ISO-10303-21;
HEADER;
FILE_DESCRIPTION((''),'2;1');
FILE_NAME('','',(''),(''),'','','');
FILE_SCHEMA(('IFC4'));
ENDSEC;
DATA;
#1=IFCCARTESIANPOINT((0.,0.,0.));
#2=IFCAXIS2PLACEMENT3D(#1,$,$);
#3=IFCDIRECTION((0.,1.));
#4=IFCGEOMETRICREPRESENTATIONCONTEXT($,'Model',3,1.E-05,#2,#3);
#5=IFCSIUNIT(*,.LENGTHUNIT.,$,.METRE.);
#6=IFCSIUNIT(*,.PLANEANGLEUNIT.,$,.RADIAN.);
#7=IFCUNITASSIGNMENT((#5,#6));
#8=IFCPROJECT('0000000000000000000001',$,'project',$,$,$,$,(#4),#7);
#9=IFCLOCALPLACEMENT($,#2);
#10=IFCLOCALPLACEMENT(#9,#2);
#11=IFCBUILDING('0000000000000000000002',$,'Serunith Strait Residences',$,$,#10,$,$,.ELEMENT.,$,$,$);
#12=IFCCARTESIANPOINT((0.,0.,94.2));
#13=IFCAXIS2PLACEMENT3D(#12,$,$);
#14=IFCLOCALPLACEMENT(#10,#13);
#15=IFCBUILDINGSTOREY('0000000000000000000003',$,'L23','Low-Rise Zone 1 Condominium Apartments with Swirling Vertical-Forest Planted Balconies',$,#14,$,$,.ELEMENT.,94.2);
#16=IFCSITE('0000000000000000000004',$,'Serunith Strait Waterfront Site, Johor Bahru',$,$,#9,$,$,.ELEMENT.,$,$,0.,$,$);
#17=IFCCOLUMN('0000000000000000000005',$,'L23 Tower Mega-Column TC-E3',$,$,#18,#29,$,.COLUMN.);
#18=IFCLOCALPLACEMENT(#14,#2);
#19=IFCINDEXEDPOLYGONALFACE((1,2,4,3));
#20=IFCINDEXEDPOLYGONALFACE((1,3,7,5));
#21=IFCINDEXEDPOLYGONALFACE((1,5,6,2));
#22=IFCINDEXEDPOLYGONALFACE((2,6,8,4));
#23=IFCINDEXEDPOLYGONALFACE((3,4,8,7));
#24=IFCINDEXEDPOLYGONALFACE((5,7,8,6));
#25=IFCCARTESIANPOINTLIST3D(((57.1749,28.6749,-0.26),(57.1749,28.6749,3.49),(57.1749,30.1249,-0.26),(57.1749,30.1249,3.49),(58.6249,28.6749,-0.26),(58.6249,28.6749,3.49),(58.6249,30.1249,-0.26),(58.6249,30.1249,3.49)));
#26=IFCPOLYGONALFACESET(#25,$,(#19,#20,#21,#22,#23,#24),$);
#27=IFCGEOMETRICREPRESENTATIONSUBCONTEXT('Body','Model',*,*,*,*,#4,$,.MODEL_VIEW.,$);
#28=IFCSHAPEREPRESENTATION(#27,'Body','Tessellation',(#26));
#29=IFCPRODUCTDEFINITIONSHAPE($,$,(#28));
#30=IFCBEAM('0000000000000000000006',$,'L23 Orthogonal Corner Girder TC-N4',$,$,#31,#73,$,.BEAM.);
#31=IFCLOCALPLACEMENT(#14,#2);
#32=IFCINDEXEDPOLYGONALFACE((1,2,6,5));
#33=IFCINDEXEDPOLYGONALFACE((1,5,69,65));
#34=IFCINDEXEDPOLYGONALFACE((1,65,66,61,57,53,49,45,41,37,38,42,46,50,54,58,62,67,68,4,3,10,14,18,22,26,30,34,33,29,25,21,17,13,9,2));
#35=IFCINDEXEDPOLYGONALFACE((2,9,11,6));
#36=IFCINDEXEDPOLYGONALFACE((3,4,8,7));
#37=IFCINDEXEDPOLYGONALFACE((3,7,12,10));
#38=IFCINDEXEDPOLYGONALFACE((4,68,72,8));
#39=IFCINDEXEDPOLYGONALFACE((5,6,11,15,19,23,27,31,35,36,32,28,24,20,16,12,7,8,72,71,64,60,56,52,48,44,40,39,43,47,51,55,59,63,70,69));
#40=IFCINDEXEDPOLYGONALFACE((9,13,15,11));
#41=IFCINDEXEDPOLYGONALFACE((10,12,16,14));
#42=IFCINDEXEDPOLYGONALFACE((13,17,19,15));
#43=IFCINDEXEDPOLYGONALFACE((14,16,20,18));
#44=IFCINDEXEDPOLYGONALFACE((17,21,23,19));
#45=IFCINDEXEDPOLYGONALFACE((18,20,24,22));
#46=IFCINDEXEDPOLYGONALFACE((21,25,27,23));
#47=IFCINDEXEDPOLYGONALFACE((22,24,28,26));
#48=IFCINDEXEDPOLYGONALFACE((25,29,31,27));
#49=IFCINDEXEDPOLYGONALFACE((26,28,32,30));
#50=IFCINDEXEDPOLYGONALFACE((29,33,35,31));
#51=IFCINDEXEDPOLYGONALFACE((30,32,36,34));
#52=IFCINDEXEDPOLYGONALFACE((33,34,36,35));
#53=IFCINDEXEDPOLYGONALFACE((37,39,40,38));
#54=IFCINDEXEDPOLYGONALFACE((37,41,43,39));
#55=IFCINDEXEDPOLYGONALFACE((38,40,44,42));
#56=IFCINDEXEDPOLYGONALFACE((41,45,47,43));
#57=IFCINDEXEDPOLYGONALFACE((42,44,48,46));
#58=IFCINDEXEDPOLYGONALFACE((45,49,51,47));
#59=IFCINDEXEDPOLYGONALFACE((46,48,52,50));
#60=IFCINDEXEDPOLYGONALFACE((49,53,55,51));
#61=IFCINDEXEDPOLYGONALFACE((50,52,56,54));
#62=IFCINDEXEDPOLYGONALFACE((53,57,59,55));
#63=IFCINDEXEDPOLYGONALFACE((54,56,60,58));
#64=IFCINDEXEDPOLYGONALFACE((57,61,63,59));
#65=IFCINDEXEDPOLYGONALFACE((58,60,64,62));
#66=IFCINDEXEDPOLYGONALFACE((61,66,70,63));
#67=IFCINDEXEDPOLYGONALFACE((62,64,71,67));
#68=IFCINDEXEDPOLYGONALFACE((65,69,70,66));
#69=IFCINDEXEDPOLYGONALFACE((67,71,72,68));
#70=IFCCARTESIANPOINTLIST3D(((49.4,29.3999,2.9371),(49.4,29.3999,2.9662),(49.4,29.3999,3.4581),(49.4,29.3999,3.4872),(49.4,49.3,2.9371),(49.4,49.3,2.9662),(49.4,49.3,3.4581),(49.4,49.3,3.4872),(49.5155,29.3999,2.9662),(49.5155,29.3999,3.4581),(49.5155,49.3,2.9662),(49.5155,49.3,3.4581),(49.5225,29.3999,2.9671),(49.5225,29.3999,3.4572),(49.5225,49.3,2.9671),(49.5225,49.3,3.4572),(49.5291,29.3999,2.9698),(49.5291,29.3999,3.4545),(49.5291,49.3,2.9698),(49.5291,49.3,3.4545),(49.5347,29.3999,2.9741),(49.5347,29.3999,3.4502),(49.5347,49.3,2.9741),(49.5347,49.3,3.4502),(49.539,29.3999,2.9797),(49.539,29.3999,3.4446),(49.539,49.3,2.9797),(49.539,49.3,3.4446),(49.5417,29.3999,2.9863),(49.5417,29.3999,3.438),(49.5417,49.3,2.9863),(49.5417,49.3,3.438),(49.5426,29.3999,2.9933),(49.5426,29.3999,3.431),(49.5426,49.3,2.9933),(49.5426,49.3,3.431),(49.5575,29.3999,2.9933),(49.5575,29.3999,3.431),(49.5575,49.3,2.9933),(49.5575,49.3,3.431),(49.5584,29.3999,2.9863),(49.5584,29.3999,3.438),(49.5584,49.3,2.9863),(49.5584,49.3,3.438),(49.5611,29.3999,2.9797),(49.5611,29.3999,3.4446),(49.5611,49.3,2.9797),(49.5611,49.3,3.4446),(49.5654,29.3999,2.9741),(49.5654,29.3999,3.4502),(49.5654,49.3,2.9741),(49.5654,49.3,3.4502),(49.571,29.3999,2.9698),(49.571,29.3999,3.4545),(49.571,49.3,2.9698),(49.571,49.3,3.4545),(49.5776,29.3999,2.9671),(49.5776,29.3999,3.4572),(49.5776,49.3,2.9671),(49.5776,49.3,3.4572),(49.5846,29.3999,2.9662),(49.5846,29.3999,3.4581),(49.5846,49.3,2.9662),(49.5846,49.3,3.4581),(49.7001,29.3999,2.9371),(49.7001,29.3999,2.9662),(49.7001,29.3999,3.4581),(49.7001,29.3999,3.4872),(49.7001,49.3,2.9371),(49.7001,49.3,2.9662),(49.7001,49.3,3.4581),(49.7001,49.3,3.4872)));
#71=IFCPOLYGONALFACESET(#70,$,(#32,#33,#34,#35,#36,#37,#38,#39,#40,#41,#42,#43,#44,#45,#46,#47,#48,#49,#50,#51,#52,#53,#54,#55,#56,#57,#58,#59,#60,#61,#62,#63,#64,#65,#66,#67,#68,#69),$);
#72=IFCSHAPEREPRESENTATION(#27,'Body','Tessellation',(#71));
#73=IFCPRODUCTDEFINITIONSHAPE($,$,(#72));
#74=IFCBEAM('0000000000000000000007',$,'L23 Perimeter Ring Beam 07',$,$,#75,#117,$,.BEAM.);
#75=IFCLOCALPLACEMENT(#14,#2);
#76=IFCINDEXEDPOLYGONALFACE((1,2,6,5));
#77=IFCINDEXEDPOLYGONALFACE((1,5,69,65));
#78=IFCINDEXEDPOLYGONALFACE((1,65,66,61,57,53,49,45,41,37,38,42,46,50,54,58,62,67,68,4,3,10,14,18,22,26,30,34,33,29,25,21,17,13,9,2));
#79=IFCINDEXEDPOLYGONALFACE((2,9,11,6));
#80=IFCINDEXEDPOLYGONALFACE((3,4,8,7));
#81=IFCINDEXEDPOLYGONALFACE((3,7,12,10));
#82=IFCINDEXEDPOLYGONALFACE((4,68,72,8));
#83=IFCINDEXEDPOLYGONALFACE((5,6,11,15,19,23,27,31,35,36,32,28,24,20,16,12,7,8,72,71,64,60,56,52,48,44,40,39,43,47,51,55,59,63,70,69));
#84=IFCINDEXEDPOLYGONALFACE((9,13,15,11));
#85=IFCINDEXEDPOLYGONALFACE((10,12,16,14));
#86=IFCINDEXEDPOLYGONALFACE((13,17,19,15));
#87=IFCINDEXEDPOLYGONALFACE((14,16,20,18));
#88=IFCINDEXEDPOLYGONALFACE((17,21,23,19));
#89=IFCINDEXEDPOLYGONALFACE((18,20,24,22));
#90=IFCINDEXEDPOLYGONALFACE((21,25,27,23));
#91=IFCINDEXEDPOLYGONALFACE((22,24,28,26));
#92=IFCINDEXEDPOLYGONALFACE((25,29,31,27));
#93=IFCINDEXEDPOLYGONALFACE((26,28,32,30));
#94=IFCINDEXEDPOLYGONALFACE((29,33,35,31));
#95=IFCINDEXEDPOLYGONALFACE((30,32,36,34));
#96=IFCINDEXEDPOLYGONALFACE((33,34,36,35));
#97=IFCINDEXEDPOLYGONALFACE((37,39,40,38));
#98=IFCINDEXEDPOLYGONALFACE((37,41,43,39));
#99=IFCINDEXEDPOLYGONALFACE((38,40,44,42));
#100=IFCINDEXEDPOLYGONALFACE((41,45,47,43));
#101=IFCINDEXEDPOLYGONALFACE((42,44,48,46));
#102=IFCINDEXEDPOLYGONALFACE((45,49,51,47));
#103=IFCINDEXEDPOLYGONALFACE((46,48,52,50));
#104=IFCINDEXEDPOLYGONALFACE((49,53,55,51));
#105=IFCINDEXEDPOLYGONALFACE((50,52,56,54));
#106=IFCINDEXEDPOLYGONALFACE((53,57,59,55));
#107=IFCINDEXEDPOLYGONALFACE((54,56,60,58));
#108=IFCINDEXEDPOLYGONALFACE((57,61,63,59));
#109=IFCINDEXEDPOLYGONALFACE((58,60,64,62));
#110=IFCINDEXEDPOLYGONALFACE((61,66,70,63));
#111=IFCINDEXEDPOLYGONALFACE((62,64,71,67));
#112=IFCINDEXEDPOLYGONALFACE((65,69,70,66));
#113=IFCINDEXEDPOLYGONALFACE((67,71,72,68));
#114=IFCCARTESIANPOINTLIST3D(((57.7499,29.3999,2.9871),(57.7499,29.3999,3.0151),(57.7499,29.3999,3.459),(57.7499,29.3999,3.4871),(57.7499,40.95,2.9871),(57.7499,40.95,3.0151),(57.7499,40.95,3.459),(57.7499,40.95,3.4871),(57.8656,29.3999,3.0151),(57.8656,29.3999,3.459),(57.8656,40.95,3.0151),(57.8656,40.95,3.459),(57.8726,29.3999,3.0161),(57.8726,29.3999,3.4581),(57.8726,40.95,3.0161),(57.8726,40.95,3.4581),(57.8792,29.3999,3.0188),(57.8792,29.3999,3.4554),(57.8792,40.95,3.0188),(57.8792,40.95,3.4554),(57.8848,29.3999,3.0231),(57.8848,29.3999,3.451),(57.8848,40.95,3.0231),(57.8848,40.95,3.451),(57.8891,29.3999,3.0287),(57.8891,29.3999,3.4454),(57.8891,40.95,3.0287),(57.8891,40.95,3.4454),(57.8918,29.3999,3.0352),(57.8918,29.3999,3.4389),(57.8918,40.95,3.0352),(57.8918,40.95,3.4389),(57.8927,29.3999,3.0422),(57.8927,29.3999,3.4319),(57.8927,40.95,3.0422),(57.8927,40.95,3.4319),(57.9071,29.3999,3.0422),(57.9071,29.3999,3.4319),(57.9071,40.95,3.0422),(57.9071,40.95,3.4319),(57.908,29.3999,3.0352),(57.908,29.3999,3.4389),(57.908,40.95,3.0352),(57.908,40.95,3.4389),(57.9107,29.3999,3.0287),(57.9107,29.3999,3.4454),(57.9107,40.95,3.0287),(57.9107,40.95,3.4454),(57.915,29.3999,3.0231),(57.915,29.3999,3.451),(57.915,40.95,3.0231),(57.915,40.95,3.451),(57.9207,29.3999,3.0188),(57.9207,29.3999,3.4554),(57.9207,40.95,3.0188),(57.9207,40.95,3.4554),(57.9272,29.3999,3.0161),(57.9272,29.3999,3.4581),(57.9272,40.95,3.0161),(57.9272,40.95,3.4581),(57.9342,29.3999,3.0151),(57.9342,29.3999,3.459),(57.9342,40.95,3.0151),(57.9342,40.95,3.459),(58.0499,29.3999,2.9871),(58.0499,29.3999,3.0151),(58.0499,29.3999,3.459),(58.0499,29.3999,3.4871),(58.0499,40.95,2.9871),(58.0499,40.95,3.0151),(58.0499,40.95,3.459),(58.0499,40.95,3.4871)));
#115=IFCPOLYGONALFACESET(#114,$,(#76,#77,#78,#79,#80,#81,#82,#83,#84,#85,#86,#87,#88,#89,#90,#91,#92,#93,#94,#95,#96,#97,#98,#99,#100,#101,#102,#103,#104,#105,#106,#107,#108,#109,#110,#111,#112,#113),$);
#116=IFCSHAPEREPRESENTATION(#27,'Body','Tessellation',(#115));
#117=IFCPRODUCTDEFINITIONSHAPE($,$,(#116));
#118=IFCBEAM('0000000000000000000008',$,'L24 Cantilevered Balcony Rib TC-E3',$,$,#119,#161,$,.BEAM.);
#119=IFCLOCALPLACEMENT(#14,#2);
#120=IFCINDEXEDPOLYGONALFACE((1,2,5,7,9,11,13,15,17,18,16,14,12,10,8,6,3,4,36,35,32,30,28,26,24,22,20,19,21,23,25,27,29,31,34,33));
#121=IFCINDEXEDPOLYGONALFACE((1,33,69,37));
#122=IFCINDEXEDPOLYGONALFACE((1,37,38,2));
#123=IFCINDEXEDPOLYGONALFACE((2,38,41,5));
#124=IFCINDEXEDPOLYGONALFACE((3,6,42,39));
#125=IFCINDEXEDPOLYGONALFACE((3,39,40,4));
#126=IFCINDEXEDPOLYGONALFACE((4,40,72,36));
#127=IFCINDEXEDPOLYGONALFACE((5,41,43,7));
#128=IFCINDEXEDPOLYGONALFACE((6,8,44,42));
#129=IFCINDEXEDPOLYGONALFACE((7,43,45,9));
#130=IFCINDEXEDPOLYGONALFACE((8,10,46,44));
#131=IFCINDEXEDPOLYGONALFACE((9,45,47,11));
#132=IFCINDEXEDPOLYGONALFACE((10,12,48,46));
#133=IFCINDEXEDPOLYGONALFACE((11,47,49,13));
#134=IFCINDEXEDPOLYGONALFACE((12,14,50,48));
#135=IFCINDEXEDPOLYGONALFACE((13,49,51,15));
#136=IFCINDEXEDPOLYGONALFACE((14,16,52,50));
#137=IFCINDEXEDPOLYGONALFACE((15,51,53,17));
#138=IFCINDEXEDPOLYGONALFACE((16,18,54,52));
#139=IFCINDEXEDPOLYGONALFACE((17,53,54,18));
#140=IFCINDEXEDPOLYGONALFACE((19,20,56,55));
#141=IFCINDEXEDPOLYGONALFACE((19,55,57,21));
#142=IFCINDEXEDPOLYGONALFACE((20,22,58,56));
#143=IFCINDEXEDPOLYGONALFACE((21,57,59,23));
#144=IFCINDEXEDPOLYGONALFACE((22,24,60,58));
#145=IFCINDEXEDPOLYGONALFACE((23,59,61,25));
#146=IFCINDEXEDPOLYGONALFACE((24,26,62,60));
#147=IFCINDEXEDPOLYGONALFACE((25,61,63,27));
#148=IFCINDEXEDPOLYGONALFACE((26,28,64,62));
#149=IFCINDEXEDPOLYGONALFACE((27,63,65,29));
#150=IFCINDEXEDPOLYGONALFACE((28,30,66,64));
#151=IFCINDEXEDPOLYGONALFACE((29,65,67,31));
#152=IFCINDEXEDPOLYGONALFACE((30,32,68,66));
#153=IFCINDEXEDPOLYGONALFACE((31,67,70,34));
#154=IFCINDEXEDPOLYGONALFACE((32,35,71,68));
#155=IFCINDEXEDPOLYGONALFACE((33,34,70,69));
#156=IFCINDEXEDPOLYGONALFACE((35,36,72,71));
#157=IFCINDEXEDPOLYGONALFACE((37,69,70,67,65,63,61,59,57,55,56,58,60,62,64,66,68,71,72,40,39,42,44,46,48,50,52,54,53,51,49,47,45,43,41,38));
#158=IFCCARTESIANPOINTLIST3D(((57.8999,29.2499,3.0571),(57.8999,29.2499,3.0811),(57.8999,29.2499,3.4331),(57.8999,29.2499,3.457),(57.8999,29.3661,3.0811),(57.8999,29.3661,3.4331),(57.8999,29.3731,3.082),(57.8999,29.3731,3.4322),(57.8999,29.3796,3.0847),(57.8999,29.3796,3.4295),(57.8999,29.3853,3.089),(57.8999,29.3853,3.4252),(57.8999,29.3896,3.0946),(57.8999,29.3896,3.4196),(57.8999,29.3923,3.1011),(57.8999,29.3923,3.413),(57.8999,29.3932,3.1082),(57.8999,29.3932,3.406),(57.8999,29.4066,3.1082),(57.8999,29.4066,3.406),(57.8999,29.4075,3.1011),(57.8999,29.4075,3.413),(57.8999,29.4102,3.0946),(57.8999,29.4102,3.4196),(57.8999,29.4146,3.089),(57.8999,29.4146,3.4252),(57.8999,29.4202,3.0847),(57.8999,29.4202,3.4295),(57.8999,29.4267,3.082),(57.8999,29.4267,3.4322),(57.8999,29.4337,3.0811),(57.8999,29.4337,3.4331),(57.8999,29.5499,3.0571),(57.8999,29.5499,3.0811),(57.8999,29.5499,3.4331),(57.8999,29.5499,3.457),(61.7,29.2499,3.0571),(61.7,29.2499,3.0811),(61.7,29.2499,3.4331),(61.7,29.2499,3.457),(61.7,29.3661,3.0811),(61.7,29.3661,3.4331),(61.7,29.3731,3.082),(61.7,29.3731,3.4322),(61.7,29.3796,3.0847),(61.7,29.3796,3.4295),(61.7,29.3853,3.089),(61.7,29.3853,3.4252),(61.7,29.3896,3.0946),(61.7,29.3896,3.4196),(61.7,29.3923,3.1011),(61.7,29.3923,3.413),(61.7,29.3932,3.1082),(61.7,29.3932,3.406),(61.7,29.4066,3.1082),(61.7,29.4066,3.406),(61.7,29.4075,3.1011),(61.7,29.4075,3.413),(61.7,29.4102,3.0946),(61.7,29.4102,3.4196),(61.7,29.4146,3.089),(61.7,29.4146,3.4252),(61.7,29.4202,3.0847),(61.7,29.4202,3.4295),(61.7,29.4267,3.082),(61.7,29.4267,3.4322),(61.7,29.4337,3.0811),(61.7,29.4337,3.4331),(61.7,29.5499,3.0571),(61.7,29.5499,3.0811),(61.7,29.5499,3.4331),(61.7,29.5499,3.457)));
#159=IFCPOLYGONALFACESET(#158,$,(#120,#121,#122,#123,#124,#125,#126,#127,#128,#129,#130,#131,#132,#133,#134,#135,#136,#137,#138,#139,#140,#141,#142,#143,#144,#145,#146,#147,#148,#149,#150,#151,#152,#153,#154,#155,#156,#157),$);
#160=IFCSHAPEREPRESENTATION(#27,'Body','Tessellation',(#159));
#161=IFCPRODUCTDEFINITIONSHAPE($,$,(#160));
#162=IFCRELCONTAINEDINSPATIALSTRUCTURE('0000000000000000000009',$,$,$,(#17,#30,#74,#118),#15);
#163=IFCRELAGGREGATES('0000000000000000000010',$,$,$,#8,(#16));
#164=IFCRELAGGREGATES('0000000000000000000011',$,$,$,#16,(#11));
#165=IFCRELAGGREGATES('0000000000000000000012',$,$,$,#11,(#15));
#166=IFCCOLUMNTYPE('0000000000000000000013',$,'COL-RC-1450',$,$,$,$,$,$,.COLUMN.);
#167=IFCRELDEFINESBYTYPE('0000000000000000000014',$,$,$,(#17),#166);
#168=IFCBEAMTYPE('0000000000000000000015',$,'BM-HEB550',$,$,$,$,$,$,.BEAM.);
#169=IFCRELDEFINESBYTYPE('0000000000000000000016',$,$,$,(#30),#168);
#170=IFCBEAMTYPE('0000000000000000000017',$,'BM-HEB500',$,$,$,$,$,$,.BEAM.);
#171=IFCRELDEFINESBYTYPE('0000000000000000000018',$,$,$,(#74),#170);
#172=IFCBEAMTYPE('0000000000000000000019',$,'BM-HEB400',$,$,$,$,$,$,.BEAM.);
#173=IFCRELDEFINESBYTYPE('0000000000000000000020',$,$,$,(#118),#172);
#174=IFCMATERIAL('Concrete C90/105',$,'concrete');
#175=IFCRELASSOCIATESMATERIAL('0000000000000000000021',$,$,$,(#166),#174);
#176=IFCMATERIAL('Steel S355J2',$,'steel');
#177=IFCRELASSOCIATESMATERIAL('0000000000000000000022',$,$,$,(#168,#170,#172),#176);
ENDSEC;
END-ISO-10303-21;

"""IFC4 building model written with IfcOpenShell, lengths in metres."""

from ifc_helpers import new_model, si_unit, direction, frame, origin, origin_2d, place, context, subcontext, project, spatial, rectangle, i_section, extrude, source, transform, mapped, material, material_profile, profile_set, type_object, element, save


model = new_model("IFC4")

# Units and contexts
model_context = context("Model", 3, precision=1e-05, world=origin(), true_north=direction((0.0, 1.0)))
body_context = subcontext(model_context, "Body", "Model", "MODEL_VIEW")
ifc_project = project(units=[si_unit("LENGTHUNIT", "METRE"), si_unit("PLANEANGLEUNIT", "RADIAN")], contexts=[model_context])

# Site, building, storey
site_placement = place(None, origin())
site = spatial("IfcSite", under=ifc_project, at=site_placement, Name="Serunith Strait Waterfront Site, Johor Bahru", CompositionType="ELEMENT", RefElevation=0.0)
building_placement = place(site_placement, origin())
building = spatial("IfcBuilding", under=site, at=building_placement, Name="Serunith Strait Residences", CompositionType="ELEMENT")
storey_placement = place(building_placement, frame((0.0, 0.0, 94.2)))
storey = spatial("IfcBuildingStorey", under=building, at=storey_placement, Name="L23", Description="Low-Rise Zone 1 Condominium Apartments with Swirling Vertical-Forest Planted Balconies", CompositionType="ELEMENT", Elevation=94.2)

# Column
ifc_material_1 = material(Name="Concrete C90/105", Category="concrete")
ifc_material_profile_1 = material_profile(ifc_material_1, rectangle(XDim=1.45, YDim=1.45, at=origin_2d()), Name="RC 1450x1450")
ifc_profile_set_1 = profile_set([ifc_material_profile_1], Name="Concrete C90/105")
column_type = type_object("IfcColumnType", Name="COL-RC-1450", PredefinedType="COLUMN", material=ifc_profile_set_1)
shared_shape_1 = source(origin(), body_context, "Body", "SweptSolid", [
    extrude(rectangle(XDim=1.45, YDim=1.45, at=origin_2d()), origin(), (0.0, 0.0, 1.0), 3.75),
])
column_placement = place(storey_placement, frame((57.8999, 29.3999, -0.26), z_axis=(0.0, 0.0, 1.0), x_axis=(1.0, 0.0, 0.0)))
element("IfcColumn", 1, at=column_placement, inside=storey, type_object=column_type, Name="L23 Tower Mega-Column TC-E3", PredefinedType="COLUMN", context=body_context, shape_type="MappedRepresentation", body=[
    mapped(shared_shape_1, transform((0.0, 0.0, 0.0), scale=1.0)),
])

# Beams
ifc_material_2 = material(Name="Steel S355J2", Category="steel")
ifc_material_profile_2 = material_profile(ifc_material_2, i_section(OverallWidth=0.3, OverallDepth=0.55, WebThickness=0.0149, FlangeThickness=0.0291, FilletRadius=0.0271, at=origin_2d()), Name="HEB 550")
ifc_profile_set_2 = profile_set([ifc_material_profile_2], Name="Steel S355J2")
beam_type_1 = type_object("IfcBeamType", Name="BM-HEB550", PredefinedType="BEAM", material=ifc_profile_set_2)
shared_shape_2 = source(origin(), body_context, "Body", "SweptSolid", [
    extrude(i_section(OverallWidth=0.3, OverallDepth=0.55, WebThickness=0.0149, FlangeThickness=0.0291, FilletRadius=0.0271, at=origin_2d()), origin(), (0.0, 0.0, 1.0), 19.9001),
])
beam_1_placement = place(storey_placement, frame((49.55, 29.3999, 3.2122), z_axis=(0.0, 1.0, 0.0), x_axis=(-1.0, 0.0, 0.0)))
element("IfcBeam", 2, at=beam_1_placement, inside=storey, type_object=beam_type_1, Name="L23 Orthogonal Corner Girder TC-N4", PredefinedType="BEAM", context=body_context, shape_type="MappedRepresentation", body=[
    mapped(shared_shape_2, transform((0.0, 0.0, 0.0), scale=1.0)),
])
ifc_material_profile_3 = material_profile(ifc_material_2, i_section(OverallWidth=0.3, OverallDepth=0.5, WebThickness=0.0144, FlangeThickness=0.0281, FilletRadius=0.0271, at=origin_2d()), Name="HEB 500")
ifc_profile_set_3 = profile_set([ifc_material_profile_3], Name="Steel S355J2")
beam_type_2 = type_object("IfcBeamType", Name="BM-HEB500", PredefinedType="BEAM", material=ifc_profile_set_3)
shared_shape_3 = source(origin(), body_context, "Body", "SweptSolid", [
    extrude(i_section(OverallWidth=0.3, OverallDepth=0.5, WebThickness=0.0144, FlangeThickness=0.0281, FilletRadius=0.0271, at=origin_2d()), origin(), (0.0, 0.0, 1.0), 11.55),
])
beam_2_placement = place(storey_placement, frame((57.8999, 29.3999, 3.2371), z_axis=(0.0, 1.0, 0.0), x_axis=(-1.0, 0.0, 0.0)))
element("IfcBeam", 3, at=beam_2_placement, inside=storey, type_object=beam_type_2, Name="L23 Perimeter Ring Beam 07", PredefinedType="BEAM", context=body_context, shape_type="MappedRepresentation", body=[
    mapped(shared_shape_3, transform((0.0, 0.0, 0.0), scale=1.0)),
])
ifc_material_profile_4 = material_profile(ifc_material_2, i_section(OverallWidth=0.3, OverallDepth=0.3999, WebThickness=0.0134, FlangeThickness=0.0239, FilletRadius=0.0271, at=origin_2d()), Name="HEB 400")
ifc_profile_set_4 = profile_set([ifc_material_profile_4], Name="Steel S355J2")
beam_type_3 = type_object("IfcBeamType", Name="BM-HEB400", PredefinedType="BEAM", material=ifc_profile_set_4)
shared_shape_4 = source(origin(), body_context, "Body", "SweptSolid", [
    extrude(i_section(OverallWidth=0.3, OverallDepth=0.3999, WebThickness=0.0134, FlangeThickness=0.0239, FilletRadius=0.0271, at=origin_2d()), origin(), (0.0, 0.0, 1.0), 3.8),
])
beam_3_placement = place(storey_placement, frame((57.8999, 29.3999, 3.2571), z_axis=(1.0, 0.0, 0.0), x_axis=(0.0, 1.0, 0.0)))
element("IfcBeam", 4, at=beam_3_placement, inside=storey, type_object=beam_type_3, Name="L24 Cantilevered Balcony Rib TC-E3", PredefinedType="BEAM", context=body_context, shape_type="MappedRepresentation", body=[
    mapped(shared_shape_4, transform((0.0, 0.0, 0.0), scale=1.0)),
])

save(model, "model.ifc")
